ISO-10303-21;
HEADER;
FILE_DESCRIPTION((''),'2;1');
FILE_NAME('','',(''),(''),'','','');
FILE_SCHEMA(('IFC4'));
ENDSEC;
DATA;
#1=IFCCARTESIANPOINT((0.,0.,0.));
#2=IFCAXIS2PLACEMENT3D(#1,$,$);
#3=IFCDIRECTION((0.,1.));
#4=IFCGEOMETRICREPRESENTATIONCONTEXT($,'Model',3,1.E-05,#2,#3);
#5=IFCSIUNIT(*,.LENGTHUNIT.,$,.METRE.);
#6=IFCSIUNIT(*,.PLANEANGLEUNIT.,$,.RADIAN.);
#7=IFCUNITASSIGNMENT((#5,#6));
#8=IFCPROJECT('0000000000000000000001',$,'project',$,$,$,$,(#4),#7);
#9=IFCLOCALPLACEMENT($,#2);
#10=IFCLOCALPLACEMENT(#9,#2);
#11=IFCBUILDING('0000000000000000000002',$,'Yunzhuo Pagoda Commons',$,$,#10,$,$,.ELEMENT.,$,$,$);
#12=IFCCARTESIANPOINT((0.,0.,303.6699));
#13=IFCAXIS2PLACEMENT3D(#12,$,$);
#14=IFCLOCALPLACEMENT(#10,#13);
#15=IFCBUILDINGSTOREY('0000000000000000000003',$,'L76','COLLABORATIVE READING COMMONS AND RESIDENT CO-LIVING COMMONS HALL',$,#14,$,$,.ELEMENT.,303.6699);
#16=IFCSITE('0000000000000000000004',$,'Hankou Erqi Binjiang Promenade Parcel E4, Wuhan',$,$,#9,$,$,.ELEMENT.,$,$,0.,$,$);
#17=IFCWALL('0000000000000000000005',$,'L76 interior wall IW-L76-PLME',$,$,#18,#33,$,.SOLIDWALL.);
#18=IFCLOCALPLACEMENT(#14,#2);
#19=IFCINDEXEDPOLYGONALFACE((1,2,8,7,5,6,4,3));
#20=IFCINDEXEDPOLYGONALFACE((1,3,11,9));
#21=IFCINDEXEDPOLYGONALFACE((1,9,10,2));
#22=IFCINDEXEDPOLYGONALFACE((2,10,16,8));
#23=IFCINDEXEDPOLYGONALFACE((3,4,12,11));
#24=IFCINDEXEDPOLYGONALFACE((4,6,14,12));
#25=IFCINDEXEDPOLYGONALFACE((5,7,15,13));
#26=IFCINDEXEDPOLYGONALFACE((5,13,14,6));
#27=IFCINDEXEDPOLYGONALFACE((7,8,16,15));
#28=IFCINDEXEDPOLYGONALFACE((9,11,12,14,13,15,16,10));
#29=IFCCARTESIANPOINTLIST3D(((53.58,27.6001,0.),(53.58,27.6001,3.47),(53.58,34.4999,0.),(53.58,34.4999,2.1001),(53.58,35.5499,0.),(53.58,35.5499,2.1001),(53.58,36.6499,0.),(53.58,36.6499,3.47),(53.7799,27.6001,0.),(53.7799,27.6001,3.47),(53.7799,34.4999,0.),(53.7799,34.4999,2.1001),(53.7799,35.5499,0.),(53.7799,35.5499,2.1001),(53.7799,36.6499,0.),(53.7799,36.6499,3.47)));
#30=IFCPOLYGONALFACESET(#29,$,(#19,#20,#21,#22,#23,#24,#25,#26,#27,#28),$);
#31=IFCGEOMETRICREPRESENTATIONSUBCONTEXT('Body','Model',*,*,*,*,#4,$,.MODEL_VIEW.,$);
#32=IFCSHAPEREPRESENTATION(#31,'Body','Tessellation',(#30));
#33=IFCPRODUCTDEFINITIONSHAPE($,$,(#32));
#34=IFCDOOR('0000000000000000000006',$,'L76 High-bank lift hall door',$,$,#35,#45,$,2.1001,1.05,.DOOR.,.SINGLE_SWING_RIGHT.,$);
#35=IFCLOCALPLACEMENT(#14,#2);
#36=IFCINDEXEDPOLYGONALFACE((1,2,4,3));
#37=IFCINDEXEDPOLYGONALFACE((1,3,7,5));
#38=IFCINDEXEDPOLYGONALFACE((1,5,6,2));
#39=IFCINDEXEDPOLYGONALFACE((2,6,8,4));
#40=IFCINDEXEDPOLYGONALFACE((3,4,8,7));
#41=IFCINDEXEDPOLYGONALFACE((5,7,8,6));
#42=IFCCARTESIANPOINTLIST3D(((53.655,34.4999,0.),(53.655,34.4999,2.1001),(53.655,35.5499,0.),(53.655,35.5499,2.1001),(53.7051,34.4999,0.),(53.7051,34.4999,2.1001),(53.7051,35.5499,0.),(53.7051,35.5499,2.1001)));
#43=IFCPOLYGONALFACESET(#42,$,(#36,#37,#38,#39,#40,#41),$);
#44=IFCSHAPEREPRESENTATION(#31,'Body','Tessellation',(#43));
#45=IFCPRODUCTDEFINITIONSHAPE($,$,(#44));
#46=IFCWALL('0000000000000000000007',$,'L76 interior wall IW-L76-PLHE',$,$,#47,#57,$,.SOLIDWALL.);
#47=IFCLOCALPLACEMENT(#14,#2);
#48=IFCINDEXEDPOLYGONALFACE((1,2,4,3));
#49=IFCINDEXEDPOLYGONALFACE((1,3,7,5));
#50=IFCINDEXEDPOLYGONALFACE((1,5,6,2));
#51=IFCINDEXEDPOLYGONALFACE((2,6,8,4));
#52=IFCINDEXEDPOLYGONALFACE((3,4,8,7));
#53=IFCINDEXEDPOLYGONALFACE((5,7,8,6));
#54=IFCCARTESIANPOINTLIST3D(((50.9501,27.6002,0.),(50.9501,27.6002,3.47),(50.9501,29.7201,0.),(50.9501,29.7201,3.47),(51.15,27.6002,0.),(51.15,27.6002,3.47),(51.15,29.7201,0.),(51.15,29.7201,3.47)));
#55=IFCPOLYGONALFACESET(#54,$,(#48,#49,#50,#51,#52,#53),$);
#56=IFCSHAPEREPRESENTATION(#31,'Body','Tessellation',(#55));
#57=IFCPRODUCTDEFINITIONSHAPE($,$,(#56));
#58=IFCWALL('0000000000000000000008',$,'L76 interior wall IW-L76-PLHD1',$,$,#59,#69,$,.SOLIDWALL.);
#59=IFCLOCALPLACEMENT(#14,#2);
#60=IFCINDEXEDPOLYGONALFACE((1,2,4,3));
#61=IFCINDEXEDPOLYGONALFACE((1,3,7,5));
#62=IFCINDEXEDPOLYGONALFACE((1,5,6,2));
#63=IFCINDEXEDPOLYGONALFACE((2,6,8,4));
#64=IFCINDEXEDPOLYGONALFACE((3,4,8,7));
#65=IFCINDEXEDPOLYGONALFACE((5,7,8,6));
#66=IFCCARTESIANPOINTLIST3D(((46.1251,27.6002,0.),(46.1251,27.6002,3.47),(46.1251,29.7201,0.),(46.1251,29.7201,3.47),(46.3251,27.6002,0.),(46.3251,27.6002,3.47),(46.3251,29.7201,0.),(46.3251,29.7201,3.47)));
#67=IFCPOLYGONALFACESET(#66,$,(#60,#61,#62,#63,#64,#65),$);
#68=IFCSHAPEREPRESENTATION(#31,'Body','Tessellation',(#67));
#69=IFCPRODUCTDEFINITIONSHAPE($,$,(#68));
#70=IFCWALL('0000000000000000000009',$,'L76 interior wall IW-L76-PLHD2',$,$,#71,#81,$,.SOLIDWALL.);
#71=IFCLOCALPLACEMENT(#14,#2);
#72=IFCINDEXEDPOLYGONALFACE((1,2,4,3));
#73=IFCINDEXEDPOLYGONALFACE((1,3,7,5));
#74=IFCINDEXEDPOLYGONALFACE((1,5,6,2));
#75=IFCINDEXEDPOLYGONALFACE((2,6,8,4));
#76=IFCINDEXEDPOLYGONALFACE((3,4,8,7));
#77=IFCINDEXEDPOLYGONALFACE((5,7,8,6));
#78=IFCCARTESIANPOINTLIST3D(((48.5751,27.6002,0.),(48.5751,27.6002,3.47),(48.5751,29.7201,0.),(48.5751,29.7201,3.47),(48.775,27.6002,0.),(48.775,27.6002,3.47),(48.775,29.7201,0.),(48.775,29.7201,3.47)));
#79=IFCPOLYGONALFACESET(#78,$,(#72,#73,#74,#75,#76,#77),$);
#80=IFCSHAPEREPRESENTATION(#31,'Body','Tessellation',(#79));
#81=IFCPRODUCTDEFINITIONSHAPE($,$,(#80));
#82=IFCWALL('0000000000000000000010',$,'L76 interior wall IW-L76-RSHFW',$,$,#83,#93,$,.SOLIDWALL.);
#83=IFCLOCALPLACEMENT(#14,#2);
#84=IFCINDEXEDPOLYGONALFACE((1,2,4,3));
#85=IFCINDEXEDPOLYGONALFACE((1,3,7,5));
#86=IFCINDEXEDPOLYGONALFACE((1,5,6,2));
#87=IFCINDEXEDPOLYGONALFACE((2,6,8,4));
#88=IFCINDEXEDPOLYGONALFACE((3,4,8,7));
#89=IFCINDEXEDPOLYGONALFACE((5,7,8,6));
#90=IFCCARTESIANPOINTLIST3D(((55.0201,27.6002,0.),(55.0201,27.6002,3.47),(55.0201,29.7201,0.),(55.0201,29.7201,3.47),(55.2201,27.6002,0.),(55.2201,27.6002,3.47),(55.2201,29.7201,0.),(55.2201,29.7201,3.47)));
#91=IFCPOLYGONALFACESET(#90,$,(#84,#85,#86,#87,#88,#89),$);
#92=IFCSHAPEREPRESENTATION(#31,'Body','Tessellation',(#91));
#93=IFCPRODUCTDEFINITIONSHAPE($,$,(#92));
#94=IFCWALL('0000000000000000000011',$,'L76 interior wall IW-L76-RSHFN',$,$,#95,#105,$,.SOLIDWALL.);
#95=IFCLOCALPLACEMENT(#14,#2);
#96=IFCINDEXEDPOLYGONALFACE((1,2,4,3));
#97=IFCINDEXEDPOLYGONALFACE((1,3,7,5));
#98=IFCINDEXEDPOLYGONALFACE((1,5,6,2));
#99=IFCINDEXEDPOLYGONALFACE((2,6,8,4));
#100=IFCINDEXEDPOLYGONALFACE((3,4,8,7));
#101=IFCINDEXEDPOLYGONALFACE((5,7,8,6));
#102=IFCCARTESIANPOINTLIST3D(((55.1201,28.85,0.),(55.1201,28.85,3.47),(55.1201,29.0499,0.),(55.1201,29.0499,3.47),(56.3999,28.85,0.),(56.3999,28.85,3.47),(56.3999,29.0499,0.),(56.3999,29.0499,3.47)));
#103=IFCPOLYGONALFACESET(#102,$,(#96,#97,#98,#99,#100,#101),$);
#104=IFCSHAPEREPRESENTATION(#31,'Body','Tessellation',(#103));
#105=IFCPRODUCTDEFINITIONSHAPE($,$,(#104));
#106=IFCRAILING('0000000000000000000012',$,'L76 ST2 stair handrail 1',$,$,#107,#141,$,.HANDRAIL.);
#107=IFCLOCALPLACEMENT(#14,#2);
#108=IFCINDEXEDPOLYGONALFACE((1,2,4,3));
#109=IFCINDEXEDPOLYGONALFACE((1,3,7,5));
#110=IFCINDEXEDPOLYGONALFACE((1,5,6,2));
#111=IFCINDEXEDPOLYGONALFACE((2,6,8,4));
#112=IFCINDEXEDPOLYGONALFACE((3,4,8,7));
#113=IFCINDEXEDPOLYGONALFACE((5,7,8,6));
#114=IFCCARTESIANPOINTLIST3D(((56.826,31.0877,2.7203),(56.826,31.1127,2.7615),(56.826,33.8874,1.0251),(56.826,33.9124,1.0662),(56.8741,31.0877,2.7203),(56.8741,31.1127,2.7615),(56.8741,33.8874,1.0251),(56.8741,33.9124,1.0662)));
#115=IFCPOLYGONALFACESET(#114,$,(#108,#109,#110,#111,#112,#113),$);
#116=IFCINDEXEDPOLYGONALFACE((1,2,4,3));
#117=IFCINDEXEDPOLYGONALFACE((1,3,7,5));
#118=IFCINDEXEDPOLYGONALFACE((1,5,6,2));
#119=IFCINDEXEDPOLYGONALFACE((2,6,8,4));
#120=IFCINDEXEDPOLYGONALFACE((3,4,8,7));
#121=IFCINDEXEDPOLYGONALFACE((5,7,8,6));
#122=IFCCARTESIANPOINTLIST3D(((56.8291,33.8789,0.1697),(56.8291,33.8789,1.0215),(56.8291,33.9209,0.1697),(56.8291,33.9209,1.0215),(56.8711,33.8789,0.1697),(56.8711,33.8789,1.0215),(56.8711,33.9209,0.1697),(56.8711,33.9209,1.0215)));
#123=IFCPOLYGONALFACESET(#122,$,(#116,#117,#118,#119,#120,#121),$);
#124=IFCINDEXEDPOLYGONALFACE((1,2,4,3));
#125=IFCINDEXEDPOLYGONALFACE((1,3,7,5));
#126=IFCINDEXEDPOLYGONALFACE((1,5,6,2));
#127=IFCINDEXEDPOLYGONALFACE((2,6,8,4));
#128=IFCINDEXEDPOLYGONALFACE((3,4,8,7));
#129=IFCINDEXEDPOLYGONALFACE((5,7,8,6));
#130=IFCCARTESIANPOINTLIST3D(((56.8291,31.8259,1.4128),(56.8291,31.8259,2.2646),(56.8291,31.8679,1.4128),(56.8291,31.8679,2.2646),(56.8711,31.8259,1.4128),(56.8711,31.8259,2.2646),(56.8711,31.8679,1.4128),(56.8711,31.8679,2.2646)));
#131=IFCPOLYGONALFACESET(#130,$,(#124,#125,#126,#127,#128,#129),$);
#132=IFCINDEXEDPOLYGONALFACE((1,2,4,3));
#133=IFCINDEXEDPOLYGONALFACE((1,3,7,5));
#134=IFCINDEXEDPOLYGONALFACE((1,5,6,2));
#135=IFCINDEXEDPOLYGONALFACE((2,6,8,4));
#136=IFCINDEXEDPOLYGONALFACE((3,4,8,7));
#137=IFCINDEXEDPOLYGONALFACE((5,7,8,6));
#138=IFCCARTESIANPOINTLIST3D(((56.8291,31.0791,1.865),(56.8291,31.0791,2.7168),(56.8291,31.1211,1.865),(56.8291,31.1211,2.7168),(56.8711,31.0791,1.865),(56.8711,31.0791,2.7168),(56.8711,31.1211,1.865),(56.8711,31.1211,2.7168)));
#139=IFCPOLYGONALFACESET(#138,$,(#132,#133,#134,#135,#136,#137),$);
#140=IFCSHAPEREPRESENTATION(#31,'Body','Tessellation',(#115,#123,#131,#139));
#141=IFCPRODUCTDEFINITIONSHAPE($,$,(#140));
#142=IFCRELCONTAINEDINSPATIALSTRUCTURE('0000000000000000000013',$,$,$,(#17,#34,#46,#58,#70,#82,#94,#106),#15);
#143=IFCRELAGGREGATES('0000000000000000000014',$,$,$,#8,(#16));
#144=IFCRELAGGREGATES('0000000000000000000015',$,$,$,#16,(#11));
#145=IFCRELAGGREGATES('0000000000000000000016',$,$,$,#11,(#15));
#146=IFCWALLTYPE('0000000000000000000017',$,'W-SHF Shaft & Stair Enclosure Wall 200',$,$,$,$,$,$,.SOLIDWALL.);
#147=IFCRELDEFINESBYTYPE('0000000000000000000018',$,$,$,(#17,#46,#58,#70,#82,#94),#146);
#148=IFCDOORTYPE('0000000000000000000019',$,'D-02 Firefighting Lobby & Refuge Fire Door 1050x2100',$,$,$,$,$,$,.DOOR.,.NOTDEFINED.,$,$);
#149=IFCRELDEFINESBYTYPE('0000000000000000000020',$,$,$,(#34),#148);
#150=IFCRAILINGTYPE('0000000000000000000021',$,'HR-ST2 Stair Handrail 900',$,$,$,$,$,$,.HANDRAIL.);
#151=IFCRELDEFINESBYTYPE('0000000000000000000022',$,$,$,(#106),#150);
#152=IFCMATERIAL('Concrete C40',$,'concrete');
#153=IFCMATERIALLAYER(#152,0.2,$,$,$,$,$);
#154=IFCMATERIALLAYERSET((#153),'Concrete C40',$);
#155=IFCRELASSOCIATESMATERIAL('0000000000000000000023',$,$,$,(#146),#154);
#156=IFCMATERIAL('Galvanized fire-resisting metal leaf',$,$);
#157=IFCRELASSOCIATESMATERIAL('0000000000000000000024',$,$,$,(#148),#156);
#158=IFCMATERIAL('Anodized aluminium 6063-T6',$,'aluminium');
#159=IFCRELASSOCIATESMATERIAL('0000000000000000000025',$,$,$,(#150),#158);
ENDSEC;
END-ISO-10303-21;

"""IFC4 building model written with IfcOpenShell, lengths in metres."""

from ifc_helpers import new_model, si_unit, direction, frame, frame_2d, origin, origin_with_axes, origin_2d, place, context, subcontext, project, spatial, rectangle, extrude, source, transform, mapped, material, layer, layer_set, type_object, element, fill, save


model = new_model("IFC4")

# Units and contexts
model_context = context("Model", 3, precision=1e-05, world=origin(), true_north=direction((0.0, 1.0)))
body_context = subcontext(model_context, "Body", "Model", "MODEL_VIEW")
ifc_project = project(units=[si_unit("LENGTHUNIT", "METRE"), si_unit("PLANEANGLEUNIT", "RADIAN")], contexts=[model_context])

# Site, building, storey
site_placement = place(None, origin())
site = spatial("IfcSite", under=ifc_project, at=site_placement, Name="Hankou Erqi Binjiang Promenade Parcel E4, Wuhan", CompositionType="ELEMENT", RefElevation=0.0)
building_placement = place(site_placement, origin())
building = spatial("IfcBuilding", under=site, at=building_placement, Name="Yunzhuo Pagoda Commons", CompositionType="ELEMENT")
storey_placement = place(building_placement, frame((0.0, 0.0, 303.6699)))
storey = spatial("IfcBuildingStorey", under=building, at=storey_placement, Name="L76", Description="COLLABORATIVE READING COMMONS AND RESIDENT CO-LIVING COMMONS HALL", CompositionType="ELEMENT", Elevation=303.6699)

# Shared definitions
ifc_material_1 = material(Name="Galvanized fire-resisting metal leaf")

# Wall, opening, door
ifc_material_2 = material(Name="Concrete C40", Category="concrete")
ifc_layer_1 = layer(ifc_material_2, 0.2)
ifc_layer_set_1 = layer_set([ifc_layer_1], Name="Concrete C40")
wall_type_1 = type_object("IfcWallType", Name="W-SHF Shaft & Stair Enclosure Wall 200", PredefinedType="SOLIDWALL", material=ifc_layer_set_1)
wall_1_placement = place(storey_placement, frame((53.6799, 27.6001, 0.0), z_axis=(0.0, 0.0, 1.0), x_axis=(0.0, 1.0, 0.0)))
wall_1 = element("IfcWall", 1, at=wall_1_placement, inside=storey, type_object=wall_type_1, Name="L76 interior wall IW-L76-PLME", PredefinedType="SOLIDWALL", context=body_context, shape_type="SweptSolid", body=[
    extrude(rectangle(XDim=9.0498, YDim=0.2, at=frame_2d((4.5249, 0.0))), origin(), (0.0, 0.0, 1.0), 3.47),
])
opening_1_placement = place(wall_1_placement, frame((6.8999, 0.0, 0.0)))
opening_1 = element("IfcOpeningElement", 2, at=opening_1_placement, cuts=wall_1, PredefinedType="OPENING", context=body_context, shape_type="SweptSolid", body=[
    extrude(rectangle(XDim=1.05, YDim=2.1001, at=frame_2d((0.5249, 1.05))), frame((0.0, 0.1099, 0.0), z_axis=(0.0, -1.0, 0.0), x_axis=(1.0, 0.0, 0.0)), (0.0, 0.0, 1.0), 0.22),
])
door_type_1 = type_object("IfcDoorType", Name="D-02 Firefighting Lobby & Refuge Fire Door 1050x2100", OperationType="NOTDEFINED", PredefinedType="DOOR", material=ifc_material_1)
shared_shape_1 = source(origin(), body_context, "Body", "SweptSolid", [
    extrude(rectangle(XDim=1.05, YDim=2.1001, at=frame_2d((0.5249, 1.05))), frame((0.0, 0.0249, 0.0), z_axis=(0.0, -1.0, 0.0), x_axis=(1.0, 0.0, 0.0)), (0.0, 0.0, 1.0), 0.05),
])
door_1_placement = place(opening_1_placement, origin_with_axes())
door_1 = element("IfcDoor", 3, at=door_1_placement, inside=storey, type_object=door_type_1, Name="L76 High-bank lift hall door", OperationType="SINGLE_SWING_RIGHT", OverallHeight=2.1001, OverallWidth=1.05, PredefinedType="DOOR", context=body_context, shape_type="MappedRepresentation", body=[
    mapped(shared_shape_1, transform((0.0, 0.0, 0.0), scale=1.0)),
])
fill(opening_1, door_1)

# Walls
for number, where, z_axis, x_axis, name in (
    (4, (51.05, 27.6001, 0.0), (0.0, 0.0, 1.0), (0.0, 1.0, 0.0), "L76 interior wall IW-L76-PLHE"),
    (5, (46.2251, 27.6001, 0.0), (0.0, 0.0, 1.0), (0.0, 1.0, 0.0), "L76 interior wall IW-L76-PLHD1"),
    (6, (48.675, 27.6001, 0.0), (0.0, 0.0, 1.0), (0.0, 1.0, 0.0), "L76 interior wall IW-L76-PLHD2"),
    (7, (55.1201, 27.6001, 0.0), (0.0, 0.0, 1.0), (0.0, 1.0, 0.0), "L76 interior wall IW-L76-RSHFW"),
):
    element("IfcWall", number, at=place(storey_placement, frame(where, z_axis=z_axis, x_axis=x_axis)), inside=storey, type_object=wall_type_1, Name=name, PredefinedType="SOLIDWALL", context=body_context, shape_type="SweptSolid", body=[
        extrude(rectangle(XDim=2.1199, YDim=0.2, at=frame_2d((1.0601, 0.0))), origin(), (0.0, 0.0, 1.0), 3.47),
    ])
wall_2_placement = place(storey_placement, frame((55.1201, 28.95, 0.0), z_axis=(0.0, 0.0, 1.0), x_axis=(1.0, 0.0, 0.0)))
element("IfcWall", 8, at=wall_2_placement, inside=storey, type_object=wall_type_1, Name="L76 interior wall IW-L76-RSHFN", PredefinedType="SOLIDWALL", context=body_context, shape_type="SweptSolid", body=[
    extrude(rectangle(XDim=1.2798, YDim=0.2, at=frame_2d((0.6399, 0.0))), origin(), (0.0, 0.0, 1.0), 3.47),
])

# Railing
ifc_material_3 = material(Name="Anodized aluminium 6063-T6", Category="aluminium")
railing_type = type_object("IfcRailingType", Name="HR-ST2 Stair Handrail 900", PredefinedType="HANDRAIL", material=ifc_material_3)
railing_placement = place(storey_placement, frame((56.8501, 33.8999, 0.1697)))
element("IfcRailing", 9, at=railing_placement, inside=storey, type_object=railing_type, Name="L76 ST2 stair handrail 1", PredefinedType="HANDRAIL", context=body_context, shape_type="SweptSolid", body=[
    extrude(rectangle(XDim=0.0481, YDim=0.0481, at=origin_2d()), frame((0.0, 0.0, 0.876), z_axis=(0.0, -0.855406, 0.517958), x_axis=(1.0, 0.0, 0.0)), (0.0, 0.0, 1.0), 3.2729),
    extrude(rectangle(XDim=0.042, YDim=0.042, at=origin_2d()), origin(), (0.0, 0.0, 1.0), 0.8518),
    extrude(rectangle(XDim=0.042, YDim=0.042, at=origin_2d()), frame((0.0, -2.053, 1.2432)), (0.0, 0.0, 1.0), 0.8518),
    extrude(rectangle(XDim=0.042, YDim=0.042, at=origin_2d()), frame((0.0, -2.7998, 1.6953)), (0.0, 0.0, 1.0), 0.8518),
])

save(model, "model.ifc")
